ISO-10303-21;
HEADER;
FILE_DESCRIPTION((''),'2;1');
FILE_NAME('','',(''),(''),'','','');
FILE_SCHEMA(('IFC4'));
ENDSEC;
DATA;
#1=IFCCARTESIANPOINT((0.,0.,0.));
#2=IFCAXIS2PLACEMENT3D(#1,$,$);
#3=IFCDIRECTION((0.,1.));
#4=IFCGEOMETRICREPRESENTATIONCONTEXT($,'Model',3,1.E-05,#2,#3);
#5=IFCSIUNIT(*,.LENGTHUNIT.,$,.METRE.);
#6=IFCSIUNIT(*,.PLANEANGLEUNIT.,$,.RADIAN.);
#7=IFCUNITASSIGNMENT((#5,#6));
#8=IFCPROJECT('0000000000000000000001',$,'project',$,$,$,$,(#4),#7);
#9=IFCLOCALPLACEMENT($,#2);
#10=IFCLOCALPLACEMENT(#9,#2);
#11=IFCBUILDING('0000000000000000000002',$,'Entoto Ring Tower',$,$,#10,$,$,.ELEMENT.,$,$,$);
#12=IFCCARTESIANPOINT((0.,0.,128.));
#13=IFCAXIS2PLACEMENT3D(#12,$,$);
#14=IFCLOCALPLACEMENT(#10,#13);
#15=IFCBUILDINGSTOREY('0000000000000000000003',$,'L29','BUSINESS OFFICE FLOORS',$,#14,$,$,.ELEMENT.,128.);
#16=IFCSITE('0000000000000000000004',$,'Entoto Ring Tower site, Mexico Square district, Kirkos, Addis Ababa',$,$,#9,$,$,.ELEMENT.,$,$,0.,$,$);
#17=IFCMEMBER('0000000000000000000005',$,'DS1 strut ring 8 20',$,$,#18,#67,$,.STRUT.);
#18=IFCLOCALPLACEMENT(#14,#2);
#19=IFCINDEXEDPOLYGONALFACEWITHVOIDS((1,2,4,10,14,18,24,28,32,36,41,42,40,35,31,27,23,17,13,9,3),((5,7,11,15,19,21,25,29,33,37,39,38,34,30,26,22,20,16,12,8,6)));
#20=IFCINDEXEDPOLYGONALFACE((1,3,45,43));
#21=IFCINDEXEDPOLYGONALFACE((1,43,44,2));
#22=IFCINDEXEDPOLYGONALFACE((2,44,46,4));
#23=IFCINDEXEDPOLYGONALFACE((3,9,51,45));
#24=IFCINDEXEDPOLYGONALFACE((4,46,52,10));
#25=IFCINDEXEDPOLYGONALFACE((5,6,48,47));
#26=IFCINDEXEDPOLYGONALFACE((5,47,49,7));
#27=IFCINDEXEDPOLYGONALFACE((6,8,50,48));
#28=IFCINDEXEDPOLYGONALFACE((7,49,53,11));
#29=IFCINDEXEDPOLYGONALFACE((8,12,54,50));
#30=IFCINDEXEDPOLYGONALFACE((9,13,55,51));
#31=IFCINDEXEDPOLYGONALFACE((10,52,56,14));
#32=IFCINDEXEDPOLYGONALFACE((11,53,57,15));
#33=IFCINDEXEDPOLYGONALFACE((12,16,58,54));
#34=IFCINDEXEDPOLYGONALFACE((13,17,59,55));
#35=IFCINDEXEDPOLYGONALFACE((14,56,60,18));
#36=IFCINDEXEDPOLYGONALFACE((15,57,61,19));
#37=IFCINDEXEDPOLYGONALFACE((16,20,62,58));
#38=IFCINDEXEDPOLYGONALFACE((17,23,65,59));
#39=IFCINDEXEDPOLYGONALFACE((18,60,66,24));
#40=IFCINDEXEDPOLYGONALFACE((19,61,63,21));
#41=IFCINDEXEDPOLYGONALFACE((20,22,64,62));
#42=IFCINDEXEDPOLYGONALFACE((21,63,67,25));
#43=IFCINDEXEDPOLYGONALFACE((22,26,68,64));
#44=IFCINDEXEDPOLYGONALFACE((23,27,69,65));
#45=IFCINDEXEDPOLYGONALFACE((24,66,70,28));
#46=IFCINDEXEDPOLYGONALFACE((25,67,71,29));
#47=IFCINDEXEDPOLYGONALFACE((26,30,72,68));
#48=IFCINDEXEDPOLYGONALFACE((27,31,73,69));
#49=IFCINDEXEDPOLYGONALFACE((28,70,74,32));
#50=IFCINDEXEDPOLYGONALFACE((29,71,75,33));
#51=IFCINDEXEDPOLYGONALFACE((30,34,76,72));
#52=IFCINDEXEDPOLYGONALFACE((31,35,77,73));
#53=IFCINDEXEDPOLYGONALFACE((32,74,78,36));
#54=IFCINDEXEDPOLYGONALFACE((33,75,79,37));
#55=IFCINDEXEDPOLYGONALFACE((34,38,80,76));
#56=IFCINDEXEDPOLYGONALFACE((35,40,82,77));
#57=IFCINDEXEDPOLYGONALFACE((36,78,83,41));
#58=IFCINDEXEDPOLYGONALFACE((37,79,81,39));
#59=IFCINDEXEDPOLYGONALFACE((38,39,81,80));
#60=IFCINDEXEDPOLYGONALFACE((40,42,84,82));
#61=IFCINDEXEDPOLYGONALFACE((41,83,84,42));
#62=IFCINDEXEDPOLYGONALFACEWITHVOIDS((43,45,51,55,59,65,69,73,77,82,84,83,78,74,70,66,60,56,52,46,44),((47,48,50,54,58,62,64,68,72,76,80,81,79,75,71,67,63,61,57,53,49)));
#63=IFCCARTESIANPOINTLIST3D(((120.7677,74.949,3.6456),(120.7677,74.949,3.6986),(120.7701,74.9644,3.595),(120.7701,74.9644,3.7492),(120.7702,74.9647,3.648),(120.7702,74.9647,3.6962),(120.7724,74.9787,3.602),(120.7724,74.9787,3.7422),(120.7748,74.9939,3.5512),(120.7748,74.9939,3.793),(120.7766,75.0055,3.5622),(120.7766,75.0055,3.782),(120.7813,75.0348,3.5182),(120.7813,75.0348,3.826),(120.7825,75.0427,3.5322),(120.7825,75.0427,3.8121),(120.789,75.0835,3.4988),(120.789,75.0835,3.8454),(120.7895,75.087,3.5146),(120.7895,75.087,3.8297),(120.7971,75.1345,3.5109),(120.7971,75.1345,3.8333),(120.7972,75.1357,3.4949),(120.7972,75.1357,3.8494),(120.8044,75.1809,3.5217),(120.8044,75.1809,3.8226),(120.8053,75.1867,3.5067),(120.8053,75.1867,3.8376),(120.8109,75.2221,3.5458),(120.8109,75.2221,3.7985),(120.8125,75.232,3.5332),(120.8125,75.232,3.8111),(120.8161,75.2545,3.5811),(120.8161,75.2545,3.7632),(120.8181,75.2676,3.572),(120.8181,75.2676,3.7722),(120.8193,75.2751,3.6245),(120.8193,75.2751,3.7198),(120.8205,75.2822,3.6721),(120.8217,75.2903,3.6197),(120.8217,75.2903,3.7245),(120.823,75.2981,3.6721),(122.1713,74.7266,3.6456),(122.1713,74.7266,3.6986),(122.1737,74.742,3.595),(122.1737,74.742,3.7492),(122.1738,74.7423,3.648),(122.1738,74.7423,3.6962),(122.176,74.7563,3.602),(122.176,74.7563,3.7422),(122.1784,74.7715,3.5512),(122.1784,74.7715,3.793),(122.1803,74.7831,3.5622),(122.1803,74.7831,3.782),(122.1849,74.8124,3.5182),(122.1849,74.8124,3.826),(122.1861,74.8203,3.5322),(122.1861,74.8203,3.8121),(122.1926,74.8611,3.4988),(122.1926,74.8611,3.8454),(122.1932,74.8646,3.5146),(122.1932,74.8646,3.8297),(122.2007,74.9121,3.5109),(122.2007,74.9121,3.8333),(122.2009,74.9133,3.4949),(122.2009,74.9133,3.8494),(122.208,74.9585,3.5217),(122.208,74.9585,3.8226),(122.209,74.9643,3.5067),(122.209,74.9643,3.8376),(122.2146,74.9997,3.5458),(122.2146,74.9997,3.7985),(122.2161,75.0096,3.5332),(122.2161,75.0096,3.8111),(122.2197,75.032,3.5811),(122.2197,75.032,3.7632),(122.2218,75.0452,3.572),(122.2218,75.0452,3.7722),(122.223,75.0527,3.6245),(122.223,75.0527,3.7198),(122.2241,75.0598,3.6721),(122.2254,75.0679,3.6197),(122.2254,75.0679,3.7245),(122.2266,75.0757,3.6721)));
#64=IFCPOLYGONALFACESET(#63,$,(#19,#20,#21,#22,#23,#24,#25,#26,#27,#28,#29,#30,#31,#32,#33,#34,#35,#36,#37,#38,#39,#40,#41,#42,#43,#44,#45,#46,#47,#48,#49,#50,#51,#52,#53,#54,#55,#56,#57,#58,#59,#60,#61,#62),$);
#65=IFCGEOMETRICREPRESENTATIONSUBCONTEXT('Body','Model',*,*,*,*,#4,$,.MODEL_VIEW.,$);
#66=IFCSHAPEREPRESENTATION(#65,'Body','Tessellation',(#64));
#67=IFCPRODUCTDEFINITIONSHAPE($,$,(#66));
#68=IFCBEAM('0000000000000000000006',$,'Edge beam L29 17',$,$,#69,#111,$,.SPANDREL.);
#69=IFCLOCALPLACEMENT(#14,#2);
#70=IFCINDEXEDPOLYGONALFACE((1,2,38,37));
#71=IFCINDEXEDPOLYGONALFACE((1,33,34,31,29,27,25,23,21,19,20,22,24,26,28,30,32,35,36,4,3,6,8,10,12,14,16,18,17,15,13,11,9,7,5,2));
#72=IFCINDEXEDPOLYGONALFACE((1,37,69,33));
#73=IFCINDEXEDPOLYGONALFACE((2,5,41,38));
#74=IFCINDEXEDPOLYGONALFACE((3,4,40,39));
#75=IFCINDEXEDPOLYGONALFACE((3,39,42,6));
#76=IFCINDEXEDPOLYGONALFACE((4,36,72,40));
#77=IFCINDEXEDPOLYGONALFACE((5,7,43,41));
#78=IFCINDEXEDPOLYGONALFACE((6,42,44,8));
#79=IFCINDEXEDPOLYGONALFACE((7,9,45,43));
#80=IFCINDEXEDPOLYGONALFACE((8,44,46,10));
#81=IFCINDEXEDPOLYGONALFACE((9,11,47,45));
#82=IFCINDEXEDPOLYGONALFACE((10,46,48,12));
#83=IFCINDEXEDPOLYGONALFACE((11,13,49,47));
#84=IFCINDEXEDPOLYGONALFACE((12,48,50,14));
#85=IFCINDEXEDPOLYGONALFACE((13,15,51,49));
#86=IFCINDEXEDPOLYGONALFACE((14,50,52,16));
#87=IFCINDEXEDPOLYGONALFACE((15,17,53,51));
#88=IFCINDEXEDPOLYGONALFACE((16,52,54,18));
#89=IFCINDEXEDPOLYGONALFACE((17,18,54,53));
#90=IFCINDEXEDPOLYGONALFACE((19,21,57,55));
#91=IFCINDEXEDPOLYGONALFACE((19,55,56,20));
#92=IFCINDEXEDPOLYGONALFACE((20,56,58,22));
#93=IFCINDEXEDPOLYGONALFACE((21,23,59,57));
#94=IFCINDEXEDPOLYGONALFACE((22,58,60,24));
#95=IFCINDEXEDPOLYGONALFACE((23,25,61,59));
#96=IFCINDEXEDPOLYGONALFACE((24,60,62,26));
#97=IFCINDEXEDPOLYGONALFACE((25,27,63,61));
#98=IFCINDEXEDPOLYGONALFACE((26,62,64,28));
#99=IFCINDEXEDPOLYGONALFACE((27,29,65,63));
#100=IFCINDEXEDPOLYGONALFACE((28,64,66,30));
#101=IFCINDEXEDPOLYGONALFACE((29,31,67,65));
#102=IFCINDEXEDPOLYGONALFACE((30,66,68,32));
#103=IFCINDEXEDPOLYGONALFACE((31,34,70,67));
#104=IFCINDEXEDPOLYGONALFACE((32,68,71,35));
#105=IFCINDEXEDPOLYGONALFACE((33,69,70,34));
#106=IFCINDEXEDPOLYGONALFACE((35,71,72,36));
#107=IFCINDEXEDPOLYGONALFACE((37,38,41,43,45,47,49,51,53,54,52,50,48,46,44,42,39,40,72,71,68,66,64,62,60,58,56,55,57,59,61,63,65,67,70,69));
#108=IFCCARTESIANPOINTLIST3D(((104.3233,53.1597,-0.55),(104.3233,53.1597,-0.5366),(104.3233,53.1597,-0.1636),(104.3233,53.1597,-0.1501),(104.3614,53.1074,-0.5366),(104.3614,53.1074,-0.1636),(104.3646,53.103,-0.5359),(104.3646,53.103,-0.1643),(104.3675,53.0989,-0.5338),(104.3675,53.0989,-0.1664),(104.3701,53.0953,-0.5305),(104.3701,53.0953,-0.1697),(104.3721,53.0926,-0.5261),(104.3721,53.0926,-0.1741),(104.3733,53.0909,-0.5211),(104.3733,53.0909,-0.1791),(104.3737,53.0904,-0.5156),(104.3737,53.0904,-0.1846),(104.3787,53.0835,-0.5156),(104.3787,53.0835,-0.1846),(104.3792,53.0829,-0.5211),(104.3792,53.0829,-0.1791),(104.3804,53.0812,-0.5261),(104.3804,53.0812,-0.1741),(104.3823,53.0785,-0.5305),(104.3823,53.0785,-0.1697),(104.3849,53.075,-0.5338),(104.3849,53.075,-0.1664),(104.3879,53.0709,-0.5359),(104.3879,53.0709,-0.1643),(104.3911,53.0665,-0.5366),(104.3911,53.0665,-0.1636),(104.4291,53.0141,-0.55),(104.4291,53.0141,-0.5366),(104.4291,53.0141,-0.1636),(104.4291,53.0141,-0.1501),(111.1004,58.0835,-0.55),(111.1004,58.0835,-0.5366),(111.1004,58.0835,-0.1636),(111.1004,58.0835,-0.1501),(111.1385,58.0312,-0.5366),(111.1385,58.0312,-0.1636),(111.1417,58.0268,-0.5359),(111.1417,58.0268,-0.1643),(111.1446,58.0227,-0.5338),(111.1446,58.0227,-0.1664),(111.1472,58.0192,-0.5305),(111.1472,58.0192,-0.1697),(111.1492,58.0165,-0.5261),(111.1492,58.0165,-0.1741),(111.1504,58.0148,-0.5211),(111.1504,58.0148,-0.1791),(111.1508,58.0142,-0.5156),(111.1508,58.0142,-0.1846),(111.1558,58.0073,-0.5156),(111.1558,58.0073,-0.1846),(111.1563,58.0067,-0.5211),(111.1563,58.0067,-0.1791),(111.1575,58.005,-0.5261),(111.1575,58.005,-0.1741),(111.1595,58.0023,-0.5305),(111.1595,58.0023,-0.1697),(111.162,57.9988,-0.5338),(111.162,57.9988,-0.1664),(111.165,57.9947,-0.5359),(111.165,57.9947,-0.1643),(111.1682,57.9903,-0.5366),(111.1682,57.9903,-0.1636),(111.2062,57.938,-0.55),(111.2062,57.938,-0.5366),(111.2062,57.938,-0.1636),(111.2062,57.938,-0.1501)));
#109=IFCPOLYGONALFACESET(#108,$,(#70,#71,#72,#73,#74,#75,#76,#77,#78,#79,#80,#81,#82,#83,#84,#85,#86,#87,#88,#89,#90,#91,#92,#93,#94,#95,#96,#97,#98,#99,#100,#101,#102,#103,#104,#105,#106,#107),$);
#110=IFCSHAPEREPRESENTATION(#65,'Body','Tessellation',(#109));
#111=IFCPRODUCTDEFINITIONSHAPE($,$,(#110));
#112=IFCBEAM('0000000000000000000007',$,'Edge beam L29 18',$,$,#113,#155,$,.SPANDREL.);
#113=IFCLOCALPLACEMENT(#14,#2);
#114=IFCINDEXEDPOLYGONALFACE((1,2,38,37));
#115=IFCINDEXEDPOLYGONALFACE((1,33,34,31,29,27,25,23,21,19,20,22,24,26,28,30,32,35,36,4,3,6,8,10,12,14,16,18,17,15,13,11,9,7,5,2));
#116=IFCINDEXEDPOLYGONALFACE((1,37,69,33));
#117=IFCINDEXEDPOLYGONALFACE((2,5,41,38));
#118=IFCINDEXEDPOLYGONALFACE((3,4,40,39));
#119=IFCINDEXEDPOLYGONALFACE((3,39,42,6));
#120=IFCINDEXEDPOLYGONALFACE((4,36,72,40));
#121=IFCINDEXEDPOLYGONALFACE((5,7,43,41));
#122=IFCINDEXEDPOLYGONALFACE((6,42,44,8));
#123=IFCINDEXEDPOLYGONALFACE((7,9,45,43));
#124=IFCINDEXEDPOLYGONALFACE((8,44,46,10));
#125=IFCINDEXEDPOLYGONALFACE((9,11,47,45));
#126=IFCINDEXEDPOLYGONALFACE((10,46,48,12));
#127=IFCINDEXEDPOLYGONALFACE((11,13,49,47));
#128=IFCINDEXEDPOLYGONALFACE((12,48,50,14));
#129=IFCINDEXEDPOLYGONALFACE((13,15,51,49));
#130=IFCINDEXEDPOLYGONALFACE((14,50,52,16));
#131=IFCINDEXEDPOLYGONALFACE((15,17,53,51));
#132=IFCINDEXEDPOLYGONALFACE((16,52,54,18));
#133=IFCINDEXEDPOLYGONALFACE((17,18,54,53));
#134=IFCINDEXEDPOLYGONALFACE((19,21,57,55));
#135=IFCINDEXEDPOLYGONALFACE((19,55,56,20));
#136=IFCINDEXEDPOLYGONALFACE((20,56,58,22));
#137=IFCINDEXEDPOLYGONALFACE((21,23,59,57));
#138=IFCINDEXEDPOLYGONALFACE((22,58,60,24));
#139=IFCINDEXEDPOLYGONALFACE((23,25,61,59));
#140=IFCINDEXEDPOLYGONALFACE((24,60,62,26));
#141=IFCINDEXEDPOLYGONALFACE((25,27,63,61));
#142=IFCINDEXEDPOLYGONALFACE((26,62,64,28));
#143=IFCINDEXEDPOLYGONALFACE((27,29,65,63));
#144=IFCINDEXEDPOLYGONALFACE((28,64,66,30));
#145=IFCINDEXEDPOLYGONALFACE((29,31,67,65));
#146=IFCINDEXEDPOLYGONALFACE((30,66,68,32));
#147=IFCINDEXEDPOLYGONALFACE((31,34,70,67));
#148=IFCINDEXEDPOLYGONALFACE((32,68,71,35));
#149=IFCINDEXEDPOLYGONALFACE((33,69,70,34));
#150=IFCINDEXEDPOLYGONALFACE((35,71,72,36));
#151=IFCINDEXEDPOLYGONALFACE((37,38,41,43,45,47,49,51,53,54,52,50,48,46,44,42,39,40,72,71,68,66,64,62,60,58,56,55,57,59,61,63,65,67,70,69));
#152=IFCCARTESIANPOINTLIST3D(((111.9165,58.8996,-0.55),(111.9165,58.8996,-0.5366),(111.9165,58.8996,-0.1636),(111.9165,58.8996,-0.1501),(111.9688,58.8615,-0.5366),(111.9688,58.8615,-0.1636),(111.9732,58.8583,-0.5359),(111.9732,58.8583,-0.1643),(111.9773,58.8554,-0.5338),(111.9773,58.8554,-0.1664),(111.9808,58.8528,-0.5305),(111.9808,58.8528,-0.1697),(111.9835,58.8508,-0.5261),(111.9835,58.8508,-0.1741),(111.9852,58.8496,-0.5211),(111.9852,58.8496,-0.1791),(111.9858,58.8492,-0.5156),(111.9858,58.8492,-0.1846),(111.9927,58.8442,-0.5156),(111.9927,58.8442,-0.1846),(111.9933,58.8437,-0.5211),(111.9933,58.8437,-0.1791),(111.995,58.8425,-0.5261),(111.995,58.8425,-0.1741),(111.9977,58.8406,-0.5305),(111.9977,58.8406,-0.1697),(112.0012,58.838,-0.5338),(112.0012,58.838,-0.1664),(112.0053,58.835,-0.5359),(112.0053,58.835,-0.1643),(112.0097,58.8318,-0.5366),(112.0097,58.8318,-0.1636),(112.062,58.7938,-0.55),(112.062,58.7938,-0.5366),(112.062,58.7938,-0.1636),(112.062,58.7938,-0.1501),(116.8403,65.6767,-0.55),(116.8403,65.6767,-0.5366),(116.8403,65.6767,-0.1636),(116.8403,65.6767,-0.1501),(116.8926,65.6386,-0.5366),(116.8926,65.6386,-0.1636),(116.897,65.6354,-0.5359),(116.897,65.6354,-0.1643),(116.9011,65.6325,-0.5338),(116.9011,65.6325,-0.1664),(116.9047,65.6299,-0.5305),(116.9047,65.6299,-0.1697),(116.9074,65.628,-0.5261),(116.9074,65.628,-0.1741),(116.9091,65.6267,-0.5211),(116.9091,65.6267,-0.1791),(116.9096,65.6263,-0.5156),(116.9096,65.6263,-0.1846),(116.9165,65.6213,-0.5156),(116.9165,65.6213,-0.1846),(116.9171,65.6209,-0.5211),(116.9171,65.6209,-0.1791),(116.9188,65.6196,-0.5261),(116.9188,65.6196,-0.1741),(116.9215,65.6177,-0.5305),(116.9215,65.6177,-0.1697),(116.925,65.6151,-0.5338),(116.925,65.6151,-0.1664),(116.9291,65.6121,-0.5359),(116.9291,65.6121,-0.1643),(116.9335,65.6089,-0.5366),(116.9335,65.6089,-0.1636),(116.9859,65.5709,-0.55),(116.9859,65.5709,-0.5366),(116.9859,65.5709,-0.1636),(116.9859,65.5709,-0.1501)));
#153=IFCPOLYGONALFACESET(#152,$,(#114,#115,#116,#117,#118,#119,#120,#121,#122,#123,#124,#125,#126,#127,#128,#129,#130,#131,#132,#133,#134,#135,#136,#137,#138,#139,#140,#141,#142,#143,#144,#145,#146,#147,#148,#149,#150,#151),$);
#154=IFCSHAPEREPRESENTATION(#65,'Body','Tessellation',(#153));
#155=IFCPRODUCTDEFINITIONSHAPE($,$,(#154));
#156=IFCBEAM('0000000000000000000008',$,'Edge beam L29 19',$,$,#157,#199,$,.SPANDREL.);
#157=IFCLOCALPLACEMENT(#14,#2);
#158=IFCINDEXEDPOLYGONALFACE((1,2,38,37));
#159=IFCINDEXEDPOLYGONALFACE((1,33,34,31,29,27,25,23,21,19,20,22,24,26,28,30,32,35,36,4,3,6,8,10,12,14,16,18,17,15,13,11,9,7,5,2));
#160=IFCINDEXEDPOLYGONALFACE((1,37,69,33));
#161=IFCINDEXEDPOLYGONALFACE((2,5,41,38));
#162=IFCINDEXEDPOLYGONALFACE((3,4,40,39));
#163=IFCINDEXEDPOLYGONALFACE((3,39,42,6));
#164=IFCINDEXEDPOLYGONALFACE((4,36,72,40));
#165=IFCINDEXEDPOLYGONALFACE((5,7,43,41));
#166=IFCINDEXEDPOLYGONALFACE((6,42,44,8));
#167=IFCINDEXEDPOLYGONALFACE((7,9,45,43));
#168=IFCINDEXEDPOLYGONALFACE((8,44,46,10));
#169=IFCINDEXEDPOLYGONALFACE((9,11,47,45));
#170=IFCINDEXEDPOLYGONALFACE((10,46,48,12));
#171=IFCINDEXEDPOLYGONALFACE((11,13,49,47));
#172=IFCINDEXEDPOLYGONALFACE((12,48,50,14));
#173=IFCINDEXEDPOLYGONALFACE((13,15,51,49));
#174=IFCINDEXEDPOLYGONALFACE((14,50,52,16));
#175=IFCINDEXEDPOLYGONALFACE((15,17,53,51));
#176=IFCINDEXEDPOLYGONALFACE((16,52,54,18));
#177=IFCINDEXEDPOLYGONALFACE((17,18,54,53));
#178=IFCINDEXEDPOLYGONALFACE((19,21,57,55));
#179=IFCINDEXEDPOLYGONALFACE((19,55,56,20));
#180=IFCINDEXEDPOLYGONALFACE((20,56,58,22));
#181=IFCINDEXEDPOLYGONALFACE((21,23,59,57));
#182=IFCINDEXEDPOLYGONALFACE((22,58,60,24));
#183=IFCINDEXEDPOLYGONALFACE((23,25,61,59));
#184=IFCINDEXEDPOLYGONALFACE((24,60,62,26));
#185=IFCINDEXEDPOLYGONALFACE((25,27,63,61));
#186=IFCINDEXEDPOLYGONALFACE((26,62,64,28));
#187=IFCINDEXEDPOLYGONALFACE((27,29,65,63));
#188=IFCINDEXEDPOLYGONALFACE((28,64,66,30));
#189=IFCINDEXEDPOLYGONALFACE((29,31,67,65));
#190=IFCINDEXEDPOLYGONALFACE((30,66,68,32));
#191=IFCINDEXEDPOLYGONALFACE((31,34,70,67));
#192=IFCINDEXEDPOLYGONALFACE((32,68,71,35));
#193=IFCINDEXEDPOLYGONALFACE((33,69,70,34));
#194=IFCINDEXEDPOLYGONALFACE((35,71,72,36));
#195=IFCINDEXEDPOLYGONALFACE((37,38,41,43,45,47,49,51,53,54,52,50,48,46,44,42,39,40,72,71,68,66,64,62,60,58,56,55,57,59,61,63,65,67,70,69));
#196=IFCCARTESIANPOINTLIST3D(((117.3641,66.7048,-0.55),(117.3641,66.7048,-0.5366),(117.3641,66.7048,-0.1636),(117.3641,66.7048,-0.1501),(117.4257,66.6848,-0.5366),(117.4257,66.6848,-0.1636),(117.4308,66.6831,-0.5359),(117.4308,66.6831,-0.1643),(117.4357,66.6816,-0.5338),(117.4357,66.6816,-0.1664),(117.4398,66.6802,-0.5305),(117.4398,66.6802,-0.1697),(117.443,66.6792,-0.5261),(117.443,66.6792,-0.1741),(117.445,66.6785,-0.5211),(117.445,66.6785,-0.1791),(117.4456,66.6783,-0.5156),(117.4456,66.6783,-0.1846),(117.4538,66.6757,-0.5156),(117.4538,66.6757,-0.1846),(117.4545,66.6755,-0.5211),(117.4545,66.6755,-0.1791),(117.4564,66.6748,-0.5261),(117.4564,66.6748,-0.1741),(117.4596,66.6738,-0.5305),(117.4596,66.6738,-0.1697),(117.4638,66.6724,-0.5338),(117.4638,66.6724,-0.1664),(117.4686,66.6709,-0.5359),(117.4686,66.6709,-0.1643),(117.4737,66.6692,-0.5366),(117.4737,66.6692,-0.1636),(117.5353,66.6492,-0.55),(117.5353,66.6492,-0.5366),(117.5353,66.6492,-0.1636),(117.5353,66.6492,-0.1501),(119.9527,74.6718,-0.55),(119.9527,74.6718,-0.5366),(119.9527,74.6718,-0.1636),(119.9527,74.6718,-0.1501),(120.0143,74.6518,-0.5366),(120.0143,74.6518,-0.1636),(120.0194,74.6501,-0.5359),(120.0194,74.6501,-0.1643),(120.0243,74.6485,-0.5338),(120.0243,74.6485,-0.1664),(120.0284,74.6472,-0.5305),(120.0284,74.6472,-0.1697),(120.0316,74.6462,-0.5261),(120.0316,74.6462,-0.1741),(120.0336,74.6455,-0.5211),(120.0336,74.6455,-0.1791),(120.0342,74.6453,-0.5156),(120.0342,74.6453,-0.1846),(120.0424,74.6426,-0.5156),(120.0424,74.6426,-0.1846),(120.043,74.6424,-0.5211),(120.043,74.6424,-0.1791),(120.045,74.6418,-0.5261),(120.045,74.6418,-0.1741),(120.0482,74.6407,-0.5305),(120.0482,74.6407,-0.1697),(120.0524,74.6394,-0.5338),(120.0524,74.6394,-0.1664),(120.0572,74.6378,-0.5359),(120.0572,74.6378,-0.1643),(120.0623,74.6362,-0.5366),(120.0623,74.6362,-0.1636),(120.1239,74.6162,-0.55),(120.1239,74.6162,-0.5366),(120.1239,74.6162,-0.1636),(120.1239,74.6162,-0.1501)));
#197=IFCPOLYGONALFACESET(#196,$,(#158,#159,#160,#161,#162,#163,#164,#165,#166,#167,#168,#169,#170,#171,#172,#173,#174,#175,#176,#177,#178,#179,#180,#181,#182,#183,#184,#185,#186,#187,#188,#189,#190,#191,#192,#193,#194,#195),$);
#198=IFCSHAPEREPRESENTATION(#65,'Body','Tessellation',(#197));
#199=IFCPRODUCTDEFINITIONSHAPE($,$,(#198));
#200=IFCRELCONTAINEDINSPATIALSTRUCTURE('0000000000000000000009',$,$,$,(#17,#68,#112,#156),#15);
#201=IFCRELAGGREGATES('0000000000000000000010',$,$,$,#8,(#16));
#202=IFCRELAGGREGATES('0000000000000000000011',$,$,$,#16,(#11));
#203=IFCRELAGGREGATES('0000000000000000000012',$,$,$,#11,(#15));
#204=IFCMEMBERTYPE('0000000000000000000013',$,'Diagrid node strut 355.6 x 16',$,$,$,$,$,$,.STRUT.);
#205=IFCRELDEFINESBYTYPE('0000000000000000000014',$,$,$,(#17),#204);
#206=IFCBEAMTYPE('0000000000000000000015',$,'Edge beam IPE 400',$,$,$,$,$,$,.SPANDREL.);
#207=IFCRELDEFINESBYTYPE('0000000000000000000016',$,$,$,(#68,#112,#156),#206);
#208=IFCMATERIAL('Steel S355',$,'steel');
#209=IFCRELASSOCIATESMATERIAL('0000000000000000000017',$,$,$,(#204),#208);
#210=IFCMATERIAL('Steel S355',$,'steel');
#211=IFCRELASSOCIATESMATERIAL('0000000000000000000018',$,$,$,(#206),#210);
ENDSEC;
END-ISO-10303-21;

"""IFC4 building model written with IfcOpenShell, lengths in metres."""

from ifc_helpers import new_model, si_unit, direction, frame, origin, origin_2d, place, context, subcontext, project, spatial, circle, hollow_circle, i_section, extrude, material, material_profile, profile_set, type_object, element, save


model = new_model("IFC4")

# Units and contexts
model_context = context("Model", 3, precision=1e-05, world=origin(), true_north=direction((0.0, 1.0)))
body_context = subcontext(model_context, "Body", "Model", "MODEL_VIEW")
ifc_project = project(units=[si_unit("LENGTHUNIT", "METRE"), si_unit("PLANEANGLEUNIT", "RADIAN")], contexts=[model_context])

# Site, building, storey
site_placement = place(None, origin())
site = spatial("IfcSite", under=ifc_project, at=site_placement, Name="Entoto Ring Tower site, Mexico Square district, Kirkos, Addis Ababa", CompositionType="ELEMENT", RefElevation=0.0)
building_placement = place(site_placement, origin())
building = spatial("IfcBuilding", under=site, at=building_placement, Name="Entoto Ring Tower", CompositionType="ELEMENT")
storey_placement = place(building_placement, frame((0.0, 0.0, 128.0)))
storey = spatial("IfcBuildingStorey", under=building, at=storey_placement, Name="L29", Description="BUSINESS OFFICE FLOORS", CompositionType="ELEMENT", Elevation=128.0)

# Member
ifc_material_1 = material(Name="Steel S355", Category="steel")
ifc_material_profile_1 = material_profile(ifc_material_1, hollow_circle(Radius=0.1777, WallThickness=0.0161, at=origin_2d()), Name="CHS 355.6 x 16")
ifc_material_2 = material(Name="Concrete C60/75", Category="concrete")
ifc_material_profile_2 = material_profile(ifc_material_2, circle(Radius=0.1619, at=origin_2d()), Name="Concrete C60/75 infill")
ifc_profile_set_1 = profile_set([ifc_material_profile_1, ifc_material_profile_2], Name="Steel S355")
member_type = type_object("IfcMemberType", Name="Diagrid node strut 355.6 x 16", PredefinedType="STRUT", material=ifc_profile_set_1)
member_1_placement = place(storey_placement, frame((120.7952, 75.1226, 3.6721), z_axis=(0.987676, -0.15651, 0.0), x_axis=(0.15651, 0.987676, 0.0)))
element("IfcMember", 1, at=member_1_placement, inside=storey, type_object=member_type, Name="DS1 strut ring 8 20", PredefinedType="STRUT", context=body_context, shape_type="SweptSolid", body=[
    extrude(hollow_circle(Radius=0.1777, WallThickness=0.0161, at=origin_2d()), origin(), (0.0, 0.0, 1.0), 1.4211),
])

# Beams
ifc_material_3 = material(Name="Steel S355", Category="steel")
ifc_material_profile_3 = material_profile(ifc_material_3, i_section(OverallWidth=0.1799, OverallDepth=0.3999, WebThickness=0.0085, FlangeThickness=0.0134, FilletRadius=0.021, at=origin_2d()), Name="IPE 400")
ifc_profile_set_2 = profile_set([ifc_material_profile_3], Name="Steel S355")
beam_type_1 = type_object("IfcBeamType", Name="Edge beam IPE 400", PredefinedType="SPANDREL", material=ifc_profile_set_2)
for number, where, z_axis, x_axis, name in (
    (2, (104.3762, 53.0869, -0.3501), (0.809018, 0.587783, 0.0), (-0.587783, 0.809018, 0.0), "Edge beam L29 17"),
    (3, (111.9893, 58.8467, -0.3501), (0.587783, 0.809018, 0.0), (-0.809018, 0.587783, 0.0), "Edge beam L29 18"),
    (4, (117.4497, 66.677, -0.3501), (0.309014, 0.951057, 0.0), (-0.951057, 0.309014, 0.0), "Edge beam L29 19"),
):
    element("IfcBeam", number, at=place(storey_placement, frame(where, z_axis=z_axis, x_axis=x_axis)), inside=storey, type_object=beam_type_1, Name=name, PredefinedType="SPANDREL", context=body_context, shape_type="SweptSolid", body=[
        extrude(i_section(OverallWidth=0.1799, OverallDepth=0.3999, WebThickness=0.0085, FlangeThickness=0.0134, FilletRadius=0.021, at=origin_2d()), origin(), (0.0, 0.0, 1.0), 8.377),
    ])

save(model, "model.ifc")
